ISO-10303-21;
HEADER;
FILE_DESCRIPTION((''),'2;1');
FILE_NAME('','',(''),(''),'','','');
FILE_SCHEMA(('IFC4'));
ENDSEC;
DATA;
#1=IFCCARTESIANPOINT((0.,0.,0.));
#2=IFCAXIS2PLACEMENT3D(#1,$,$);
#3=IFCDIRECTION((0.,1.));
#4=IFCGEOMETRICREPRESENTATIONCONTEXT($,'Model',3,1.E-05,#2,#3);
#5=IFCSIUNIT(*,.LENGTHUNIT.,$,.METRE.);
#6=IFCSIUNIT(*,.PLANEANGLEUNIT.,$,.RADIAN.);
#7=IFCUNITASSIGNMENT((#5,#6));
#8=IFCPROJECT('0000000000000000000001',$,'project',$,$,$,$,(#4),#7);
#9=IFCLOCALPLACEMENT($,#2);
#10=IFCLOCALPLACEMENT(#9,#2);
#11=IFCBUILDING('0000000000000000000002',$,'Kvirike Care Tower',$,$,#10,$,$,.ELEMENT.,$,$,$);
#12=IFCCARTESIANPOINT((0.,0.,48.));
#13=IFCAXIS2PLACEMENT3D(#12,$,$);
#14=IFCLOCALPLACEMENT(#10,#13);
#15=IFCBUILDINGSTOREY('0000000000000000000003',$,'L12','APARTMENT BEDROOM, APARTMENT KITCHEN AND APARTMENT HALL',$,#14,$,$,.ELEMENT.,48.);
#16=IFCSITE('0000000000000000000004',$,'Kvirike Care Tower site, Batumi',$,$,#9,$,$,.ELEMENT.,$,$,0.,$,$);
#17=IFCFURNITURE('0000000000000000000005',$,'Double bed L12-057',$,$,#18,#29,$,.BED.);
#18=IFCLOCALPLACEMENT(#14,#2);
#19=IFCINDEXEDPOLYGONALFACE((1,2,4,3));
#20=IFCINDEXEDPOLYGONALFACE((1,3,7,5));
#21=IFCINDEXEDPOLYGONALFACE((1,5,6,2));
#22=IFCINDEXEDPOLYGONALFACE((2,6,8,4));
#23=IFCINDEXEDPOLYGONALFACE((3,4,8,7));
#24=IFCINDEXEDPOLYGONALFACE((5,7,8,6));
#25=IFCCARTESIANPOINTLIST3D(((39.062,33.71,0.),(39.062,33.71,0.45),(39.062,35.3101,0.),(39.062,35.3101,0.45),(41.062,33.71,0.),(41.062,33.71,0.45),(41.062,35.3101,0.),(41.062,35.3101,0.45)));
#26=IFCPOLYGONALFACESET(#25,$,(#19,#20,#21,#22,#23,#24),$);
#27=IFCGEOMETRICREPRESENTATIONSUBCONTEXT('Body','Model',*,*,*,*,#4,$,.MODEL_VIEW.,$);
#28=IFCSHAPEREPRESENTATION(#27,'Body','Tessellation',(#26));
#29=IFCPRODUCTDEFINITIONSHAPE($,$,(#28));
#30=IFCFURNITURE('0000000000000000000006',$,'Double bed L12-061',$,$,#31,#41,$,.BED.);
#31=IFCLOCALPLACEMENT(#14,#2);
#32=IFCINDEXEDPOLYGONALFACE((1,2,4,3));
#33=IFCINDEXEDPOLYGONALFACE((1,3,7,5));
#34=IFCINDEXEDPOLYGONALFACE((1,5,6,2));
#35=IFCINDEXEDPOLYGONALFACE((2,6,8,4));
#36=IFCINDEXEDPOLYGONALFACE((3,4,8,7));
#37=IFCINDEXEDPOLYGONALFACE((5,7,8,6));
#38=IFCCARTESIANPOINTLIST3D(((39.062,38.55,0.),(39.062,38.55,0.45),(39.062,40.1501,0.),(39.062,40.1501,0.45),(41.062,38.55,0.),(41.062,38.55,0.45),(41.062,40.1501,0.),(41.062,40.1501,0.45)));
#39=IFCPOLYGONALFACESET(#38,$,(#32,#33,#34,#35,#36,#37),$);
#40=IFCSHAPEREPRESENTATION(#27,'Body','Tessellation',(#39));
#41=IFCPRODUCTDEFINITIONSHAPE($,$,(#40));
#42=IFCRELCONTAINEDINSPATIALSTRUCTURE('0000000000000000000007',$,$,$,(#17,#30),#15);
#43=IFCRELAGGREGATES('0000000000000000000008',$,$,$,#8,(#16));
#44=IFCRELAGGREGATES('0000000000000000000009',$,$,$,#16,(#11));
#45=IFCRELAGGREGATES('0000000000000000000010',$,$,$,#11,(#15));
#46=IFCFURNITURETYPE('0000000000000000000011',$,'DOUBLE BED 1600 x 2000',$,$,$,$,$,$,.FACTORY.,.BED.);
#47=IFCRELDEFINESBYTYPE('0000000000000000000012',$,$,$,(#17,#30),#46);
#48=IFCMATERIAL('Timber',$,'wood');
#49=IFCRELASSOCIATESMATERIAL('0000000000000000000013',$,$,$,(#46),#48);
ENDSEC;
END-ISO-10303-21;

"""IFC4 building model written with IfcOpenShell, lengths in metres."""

from ifc_helpers import new_model, si_unit, direction, frame, origin, origin_2d, place, context, subcontext, project, spatial, rectangle, extrude, material, type_object, element, save


model = new_model("IFC4")

# Units and contexts
model_context = context("Model", 3, precision=1e-05, world=origin(), true_north=direction((0.0, 1.0)))
body_context = subcontext(model_context, "Body", "Model", "MODEL_VIEW")
ifc_project = project(units=[si_unit("LENGTHUNIT", "METRE"), si_unit("PLANEANGLEUNIT", "RADIAN")], contexts=[model_context])

# Site, building, storey
site_placement = place(None, origin())
site = spatial("IfcSite", under=ifc_project, at=site_placement, Name="Kvirike Care Tower site, Batumi", CompositionType="ELEMENT", RefElevation=0.0)
building_placement = place(site_placement, origin())
building = spatial("IfcBuilding", under=site, at=building_placement, Name="Kvirike Care Tower", CompositionType="ELEMENT")
storey_placement = place(building_placement, frame((0.0, 0.0, 48.0)))
storey = spatial("IfcBuildingStorey", under=building, at=storey_placement, Name="L12", Description="APARTMENT BEDROOM, APARTMENT KITCHEN AND APARTMENT HALL", CompositionType="ELEMENT", Elevation=48.0)

# Furniture
ifc_material_1 = material(Name="Timber", Category="wood")
furniture_type = type_object("IfcFurnitureType", Name="DOUBLE BED 1600 x 2000", AssemblyPlace="FACTORY", PredefinedType="BED", material=ifc_material_1)
for number, where, z_axis, x_axis, name in (
    (1, (40.062, 34.51, 0.0), (0.0, 0.0, 1.0), (0.0, 1.0, 0.0), "Double bed L12-057"),
    (2, (40.062, 39.3501, 0.0), (0.0, 0.0, 1.0), (0.0, 1.0, 0.0), "Double bed L12-061"),
):
    element("IfcFurniture", number, at=place(storey_placement, frame(where, z_axis=z_axis, x_axis=x_axis)), inside=storey, type_object=furniture_type, Name=name, PredefinedType="BED", context=body_context, shape_type="SweptSolid", body=[
        extrude(rectangle(XDim=1.6001, YDim=2.0, at=origin_2d()), origin(), (0.0, 0.0, 1.0), 0.45),
    ])

save(model, "model.ifc")
